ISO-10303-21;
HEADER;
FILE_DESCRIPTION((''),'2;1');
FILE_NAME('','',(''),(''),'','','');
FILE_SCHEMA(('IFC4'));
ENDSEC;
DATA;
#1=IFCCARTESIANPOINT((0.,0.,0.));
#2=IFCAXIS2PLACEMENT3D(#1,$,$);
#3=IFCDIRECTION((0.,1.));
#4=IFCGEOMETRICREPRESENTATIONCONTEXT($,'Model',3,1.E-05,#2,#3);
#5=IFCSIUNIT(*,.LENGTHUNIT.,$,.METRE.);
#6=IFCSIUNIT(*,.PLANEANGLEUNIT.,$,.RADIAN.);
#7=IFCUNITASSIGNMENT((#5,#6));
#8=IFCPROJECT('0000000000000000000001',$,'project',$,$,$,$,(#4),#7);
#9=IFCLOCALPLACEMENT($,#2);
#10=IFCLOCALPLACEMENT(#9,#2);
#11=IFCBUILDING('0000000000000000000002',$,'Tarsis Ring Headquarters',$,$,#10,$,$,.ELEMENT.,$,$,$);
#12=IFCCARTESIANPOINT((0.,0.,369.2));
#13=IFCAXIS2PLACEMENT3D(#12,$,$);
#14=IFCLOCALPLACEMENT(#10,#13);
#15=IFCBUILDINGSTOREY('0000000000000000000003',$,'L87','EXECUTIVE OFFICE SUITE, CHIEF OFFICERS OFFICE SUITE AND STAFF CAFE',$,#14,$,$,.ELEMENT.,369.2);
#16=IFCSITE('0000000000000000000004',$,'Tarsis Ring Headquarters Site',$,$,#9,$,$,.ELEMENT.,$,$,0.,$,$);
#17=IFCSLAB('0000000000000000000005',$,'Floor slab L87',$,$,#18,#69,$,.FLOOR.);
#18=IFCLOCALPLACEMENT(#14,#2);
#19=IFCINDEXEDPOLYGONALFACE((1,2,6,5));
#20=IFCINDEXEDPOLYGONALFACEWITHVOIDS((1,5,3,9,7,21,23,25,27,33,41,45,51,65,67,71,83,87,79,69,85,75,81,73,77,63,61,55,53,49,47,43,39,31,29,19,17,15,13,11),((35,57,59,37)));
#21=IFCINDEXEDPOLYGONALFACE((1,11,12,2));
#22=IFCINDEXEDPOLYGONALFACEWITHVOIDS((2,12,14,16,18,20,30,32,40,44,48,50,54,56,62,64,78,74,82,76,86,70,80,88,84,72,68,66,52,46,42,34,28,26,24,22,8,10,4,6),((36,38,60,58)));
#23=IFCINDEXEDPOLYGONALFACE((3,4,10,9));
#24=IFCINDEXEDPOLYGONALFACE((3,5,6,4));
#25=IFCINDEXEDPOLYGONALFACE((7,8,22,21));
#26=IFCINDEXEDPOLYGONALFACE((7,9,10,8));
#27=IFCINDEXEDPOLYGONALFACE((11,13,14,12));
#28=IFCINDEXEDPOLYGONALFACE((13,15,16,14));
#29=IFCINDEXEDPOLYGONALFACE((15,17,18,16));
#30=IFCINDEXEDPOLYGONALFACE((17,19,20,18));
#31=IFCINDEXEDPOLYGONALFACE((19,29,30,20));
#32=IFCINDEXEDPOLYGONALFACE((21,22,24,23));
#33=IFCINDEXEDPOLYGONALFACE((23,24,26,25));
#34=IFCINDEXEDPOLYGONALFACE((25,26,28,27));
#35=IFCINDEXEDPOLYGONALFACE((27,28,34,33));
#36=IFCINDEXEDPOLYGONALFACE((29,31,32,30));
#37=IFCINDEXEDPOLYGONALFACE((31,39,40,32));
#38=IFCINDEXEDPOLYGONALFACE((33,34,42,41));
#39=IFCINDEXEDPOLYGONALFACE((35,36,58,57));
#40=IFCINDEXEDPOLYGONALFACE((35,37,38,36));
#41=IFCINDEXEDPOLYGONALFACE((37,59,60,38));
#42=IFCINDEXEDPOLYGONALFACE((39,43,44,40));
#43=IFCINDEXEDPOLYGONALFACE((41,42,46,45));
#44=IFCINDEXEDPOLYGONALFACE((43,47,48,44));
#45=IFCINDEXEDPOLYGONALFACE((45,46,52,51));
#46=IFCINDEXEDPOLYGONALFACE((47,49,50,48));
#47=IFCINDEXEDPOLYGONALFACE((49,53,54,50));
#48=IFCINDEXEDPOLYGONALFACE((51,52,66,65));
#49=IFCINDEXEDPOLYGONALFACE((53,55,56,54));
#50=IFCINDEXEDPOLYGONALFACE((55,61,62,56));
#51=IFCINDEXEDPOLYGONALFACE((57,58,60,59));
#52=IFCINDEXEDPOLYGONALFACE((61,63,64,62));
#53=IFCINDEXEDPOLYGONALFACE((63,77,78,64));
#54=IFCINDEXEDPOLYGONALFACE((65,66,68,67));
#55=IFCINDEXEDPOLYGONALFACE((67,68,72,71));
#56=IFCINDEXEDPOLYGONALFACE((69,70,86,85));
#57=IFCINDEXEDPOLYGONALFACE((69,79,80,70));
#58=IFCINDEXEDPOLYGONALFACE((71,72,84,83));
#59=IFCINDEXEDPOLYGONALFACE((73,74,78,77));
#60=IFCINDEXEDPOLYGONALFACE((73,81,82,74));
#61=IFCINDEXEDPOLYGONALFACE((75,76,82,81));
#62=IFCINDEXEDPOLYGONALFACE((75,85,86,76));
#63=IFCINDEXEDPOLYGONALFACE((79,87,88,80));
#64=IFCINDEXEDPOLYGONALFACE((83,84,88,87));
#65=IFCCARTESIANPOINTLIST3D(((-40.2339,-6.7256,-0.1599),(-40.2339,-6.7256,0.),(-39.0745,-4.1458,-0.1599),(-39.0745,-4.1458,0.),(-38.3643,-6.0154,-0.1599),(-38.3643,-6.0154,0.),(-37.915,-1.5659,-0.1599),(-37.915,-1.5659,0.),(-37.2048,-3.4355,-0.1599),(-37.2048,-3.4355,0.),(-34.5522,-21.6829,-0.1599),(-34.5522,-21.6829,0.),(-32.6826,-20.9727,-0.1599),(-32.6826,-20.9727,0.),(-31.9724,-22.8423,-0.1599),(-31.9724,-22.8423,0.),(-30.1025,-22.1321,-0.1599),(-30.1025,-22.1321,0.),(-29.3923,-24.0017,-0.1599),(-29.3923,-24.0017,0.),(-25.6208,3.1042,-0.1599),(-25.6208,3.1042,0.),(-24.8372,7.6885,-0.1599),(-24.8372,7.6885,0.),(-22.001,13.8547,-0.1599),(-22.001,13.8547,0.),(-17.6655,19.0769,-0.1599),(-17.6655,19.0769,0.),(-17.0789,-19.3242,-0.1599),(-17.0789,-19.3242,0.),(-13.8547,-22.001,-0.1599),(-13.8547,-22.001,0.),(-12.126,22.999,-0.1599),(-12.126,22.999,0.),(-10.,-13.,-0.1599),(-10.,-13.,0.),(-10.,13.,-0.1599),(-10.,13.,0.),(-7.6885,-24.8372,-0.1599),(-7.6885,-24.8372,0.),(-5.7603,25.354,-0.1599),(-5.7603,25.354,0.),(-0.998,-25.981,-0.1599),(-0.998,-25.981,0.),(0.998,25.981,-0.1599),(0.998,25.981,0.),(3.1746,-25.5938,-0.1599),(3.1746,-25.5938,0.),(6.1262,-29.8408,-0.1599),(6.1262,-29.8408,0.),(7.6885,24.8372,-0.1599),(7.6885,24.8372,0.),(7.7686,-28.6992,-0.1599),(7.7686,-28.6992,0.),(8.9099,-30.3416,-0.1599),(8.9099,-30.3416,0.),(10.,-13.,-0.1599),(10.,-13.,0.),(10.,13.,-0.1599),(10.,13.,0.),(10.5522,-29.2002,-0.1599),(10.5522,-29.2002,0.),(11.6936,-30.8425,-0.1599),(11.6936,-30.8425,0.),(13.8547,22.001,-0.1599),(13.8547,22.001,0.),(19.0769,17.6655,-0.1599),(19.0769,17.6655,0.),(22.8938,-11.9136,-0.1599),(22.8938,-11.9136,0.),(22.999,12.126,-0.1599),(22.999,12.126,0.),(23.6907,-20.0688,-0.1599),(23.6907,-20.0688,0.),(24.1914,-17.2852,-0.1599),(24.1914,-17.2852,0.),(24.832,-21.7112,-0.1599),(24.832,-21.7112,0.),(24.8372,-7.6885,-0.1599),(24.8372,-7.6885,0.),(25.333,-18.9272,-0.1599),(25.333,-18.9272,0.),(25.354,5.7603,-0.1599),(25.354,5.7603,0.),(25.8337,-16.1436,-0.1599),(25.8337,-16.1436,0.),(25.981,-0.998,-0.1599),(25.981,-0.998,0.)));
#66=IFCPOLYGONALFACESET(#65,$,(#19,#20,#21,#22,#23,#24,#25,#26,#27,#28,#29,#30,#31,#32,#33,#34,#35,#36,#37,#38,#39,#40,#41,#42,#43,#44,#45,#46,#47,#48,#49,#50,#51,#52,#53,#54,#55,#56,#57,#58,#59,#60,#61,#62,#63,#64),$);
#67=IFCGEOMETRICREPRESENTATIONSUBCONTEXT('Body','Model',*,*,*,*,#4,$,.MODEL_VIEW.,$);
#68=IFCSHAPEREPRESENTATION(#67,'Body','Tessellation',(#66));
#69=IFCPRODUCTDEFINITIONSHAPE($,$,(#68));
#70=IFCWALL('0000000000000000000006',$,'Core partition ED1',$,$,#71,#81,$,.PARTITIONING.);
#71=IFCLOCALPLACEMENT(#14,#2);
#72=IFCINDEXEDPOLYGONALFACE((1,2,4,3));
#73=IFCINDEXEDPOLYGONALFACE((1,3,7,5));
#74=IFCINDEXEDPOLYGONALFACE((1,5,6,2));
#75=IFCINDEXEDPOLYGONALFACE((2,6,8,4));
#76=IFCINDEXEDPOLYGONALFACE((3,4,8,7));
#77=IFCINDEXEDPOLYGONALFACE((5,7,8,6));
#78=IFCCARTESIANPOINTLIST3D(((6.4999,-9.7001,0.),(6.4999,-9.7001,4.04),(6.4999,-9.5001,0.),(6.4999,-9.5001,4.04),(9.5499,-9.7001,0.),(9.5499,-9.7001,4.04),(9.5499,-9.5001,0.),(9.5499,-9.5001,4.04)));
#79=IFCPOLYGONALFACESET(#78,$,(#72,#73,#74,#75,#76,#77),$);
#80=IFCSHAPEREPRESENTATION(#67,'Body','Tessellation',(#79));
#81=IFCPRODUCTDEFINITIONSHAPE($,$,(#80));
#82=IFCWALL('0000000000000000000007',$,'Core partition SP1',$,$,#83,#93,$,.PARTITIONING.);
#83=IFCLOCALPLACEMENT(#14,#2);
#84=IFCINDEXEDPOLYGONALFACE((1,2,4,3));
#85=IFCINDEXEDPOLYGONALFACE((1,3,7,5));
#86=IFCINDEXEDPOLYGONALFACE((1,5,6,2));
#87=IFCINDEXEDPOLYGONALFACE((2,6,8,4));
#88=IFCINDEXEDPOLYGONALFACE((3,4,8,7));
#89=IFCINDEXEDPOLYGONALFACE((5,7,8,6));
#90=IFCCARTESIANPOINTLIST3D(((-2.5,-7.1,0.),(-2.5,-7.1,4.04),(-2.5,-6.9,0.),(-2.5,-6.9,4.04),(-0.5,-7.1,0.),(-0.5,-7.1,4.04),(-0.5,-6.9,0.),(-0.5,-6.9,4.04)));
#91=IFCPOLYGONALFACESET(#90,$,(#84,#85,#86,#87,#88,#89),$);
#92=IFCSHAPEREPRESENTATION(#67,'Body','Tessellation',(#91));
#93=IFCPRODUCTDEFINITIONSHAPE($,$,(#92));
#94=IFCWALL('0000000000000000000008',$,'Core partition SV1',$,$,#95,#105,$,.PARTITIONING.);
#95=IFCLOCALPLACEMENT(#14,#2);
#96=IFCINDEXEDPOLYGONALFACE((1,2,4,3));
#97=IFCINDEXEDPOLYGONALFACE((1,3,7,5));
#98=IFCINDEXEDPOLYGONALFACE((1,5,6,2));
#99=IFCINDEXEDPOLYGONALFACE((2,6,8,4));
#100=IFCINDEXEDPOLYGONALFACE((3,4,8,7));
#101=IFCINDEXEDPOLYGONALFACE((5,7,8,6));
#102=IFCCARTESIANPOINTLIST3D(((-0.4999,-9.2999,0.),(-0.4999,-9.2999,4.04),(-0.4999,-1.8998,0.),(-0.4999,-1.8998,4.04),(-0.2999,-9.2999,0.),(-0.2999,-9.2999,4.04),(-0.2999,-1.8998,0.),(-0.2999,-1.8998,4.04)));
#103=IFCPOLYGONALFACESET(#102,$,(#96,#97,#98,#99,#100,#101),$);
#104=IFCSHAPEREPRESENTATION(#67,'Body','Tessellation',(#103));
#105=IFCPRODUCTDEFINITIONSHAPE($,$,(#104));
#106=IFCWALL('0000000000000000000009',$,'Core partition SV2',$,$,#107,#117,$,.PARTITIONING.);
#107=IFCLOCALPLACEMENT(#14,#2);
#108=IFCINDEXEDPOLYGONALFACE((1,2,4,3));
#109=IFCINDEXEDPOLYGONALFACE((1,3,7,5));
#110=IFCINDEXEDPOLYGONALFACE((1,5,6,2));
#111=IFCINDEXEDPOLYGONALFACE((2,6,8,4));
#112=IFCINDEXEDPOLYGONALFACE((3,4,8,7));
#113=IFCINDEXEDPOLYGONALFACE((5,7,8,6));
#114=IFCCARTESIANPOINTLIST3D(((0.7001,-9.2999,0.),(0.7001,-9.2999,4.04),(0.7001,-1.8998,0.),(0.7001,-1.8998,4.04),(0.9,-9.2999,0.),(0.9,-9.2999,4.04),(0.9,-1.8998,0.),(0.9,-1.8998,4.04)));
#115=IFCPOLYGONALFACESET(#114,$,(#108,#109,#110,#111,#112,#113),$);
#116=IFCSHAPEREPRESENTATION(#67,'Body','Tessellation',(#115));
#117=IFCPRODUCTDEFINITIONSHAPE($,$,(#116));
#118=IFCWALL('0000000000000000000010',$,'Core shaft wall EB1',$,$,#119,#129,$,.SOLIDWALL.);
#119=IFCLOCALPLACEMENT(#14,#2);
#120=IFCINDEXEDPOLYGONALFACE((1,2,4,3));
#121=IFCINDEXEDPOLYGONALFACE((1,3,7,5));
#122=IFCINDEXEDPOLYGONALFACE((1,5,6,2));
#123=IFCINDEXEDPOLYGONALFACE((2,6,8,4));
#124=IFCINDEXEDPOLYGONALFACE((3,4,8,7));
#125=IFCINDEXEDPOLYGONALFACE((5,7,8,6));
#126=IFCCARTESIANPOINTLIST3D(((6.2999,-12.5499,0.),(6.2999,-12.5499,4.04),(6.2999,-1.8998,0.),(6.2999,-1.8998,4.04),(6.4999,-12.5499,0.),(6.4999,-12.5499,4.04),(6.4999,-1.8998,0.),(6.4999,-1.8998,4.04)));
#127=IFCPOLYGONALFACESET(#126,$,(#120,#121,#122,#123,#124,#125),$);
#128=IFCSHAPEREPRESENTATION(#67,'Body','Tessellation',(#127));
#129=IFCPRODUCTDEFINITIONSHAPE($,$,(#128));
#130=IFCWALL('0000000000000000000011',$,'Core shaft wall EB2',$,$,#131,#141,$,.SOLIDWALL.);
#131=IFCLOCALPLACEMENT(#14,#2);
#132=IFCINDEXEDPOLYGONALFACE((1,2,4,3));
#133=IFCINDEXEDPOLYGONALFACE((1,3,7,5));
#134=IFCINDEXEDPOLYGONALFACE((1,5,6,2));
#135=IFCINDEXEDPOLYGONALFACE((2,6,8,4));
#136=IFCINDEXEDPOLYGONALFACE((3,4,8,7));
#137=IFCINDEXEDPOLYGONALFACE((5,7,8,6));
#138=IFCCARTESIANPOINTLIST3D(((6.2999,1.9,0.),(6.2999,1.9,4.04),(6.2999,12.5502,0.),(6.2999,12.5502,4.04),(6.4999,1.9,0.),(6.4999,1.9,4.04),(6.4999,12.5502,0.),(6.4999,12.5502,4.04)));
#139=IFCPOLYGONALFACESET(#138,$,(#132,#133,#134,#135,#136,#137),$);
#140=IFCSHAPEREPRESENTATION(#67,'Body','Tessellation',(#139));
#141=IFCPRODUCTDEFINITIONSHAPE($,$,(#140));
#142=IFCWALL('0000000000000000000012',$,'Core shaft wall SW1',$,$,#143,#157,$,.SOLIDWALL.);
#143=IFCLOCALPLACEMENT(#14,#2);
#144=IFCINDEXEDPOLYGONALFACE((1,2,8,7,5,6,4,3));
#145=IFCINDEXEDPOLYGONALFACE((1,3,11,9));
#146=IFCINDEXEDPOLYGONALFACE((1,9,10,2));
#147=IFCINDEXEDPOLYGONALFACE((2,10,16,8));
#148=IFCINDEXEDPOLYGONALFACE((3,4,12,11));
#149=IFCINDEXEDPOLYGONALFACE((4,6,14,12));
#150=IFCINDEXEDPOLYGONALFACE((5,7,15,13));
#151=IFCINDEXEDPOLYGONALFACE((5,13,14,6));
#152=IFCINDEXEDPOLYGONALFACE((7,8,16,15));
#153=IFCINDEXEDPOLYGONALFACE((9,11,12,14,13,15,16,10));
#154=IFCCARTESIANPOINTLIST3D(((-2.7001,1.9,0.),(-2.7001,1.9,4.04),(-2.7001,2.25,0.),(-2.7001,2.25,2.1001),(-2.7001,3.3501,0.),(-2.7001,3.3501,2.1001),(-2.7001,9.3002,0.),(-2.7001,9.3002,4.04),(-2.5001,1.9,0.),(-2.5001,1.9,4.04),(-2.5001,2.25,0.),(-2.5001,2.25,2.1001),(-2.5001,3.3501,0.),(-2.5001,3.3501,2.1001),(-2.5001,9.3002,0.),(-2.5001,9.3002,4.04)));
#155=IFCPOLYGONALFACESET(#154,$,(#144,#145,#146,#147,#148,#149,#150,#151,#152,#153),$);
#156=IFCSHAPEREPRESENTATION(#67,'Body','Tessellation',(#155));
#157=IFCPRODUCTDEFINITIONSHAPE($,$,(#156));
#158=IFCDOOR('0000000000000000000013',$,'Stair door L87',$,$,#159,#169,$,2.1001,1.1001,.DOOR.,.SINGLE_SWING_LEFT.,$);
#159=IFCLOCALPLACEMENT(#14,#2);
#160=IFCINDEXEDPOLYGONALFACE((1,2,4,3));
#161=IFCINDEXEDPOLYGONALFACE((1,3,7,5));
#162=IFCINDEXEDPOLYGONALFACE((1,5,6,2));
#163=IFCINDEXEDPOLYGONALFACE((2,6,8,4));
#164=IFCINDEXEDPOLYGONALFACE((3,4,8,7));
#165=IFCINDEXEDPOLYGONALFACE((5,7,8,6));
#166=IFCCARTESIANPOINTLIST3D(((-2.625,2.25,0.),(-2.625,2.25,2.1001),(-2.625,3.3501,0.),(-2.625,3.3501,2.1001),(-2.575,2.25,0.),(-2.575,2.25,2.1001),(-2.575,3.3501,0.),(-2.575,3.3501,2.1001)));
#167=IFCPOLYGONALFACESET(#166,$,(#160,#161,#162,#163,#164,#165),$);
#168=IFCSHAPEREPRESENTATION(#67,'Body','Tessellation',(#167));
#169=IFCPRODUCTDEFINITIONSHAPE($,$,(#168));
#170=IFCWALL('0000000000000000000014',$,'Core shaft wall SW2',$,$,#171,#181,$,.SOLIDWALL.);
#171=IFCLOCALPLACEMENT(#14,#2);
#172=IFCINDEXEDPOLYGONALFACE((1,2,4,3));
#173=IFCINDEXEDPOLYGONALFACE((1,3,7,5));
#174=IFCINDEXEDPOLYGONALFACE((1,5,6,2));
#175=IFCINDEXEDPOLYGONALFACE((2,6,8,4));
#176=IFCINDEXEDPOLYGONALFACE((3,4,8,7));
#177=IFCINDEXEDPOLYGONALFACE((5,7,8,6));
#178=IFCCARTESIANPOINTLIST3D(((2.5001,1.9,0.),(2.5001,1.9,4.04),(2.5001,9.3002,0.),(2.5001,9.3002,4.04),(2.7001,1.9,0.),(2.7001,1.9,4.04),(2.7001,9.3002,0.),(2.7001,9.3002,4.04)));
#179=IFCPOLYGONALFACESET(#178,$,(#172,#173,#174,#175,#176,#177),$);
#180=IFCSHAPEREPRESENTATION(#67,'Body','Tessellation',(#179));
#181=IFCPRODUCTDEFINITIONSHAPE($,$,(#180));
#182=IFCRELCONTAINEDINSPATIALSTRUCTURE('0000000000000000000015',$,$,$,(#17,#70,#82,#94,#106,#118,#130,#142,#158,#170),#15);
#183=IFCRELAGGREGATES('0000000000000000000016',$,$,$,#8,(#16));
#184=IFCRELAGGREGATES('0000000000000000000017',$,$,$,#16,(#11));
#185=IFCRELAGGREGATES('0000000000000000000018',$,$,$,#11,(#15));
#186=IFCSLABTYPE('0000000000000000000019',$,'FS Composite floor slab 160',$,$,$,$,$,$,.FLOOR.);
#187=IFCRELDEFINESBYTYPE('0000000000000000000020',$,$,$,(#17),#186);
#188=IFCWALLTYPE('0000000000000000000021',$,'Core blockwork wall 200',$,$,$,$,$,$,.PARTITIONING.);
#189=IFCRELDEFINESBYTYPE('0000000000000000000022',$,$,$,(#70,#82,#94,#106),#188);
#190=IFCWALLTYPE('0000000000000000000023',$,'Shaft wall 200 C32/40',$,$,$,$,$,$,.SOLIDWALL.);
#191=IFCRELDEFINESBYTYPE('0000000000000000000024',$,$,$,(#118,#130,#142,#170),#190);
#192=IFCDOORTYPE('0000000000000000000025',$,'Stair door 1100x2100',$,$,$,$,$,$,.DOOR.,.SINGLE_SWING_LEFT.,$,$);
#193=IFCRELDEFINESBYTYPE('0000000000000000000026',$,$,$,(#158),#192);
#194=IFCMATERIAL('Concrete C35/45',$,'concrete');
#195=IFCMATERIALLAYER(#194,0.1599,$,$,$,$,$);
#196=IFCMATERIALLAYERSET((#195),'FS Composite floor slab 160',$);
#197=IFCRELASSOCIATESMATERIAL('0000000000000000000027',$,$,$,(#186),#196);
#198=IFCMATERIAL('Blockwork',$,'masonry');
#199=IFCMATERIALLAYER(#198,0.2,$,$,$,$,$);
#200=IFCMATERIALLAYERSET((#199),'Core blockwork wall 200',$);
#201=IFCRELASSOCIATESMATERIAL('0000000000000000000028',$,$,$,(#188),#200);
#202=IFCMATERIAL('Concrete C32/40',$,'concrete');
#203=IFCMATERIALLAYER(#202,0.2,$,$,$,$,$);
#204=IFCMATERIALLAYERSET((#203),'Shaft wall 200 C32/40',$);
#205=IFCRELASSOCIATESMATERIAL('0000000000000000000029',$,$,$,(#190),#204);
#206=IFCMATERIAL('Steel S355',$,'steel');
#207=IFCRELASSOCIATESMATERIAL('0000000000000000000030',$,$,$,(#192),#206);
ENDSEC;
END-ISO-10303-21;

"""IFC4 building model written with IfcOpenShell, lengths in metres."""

from ifc_helpers import new_model, si_unit, direction, frame, frame_2d, origin, place, context, subcontext, project, spatial, polyline, rectangle, outline, extrude, material, layer, layer_set, type_object, element, fill, save


model = new_model("IFC4")

# Units and contexts
model_context = context("Model", 3, precision=1e-05, world=origin(), true_north=direction((0.0, 1.0)))
body_context = subcontext(model_context, "Body", "Model", "MODEL_VIEW")
ifc_project = project(units=[si_unit("LENGTHUNIT", "METRE"), si_unit("PLANEANGLEUNIT", "RADIAN")], contexts=[model_context])

# Site, building, storey
site_placement = place(None, origin())
site = spatial("IfcSite", under=ifc_project, at=site_placement, Name="Tarsis Ring Headquarters Site", CompositionType="ELEMENT", RefElevation=0.0)
building_placement = place(site_placement, origin())
building = spatial("IfcBuilding", under=site, at=building_placement, Name="Tarsis Ring Headquarters", CompositionType="ELEMENT")
storey_placement = place(building_placement, frame((0.0, 0.0, 369.2)))
storey = spatial("IfcBuildingStorey", under=building, at=storey_placement, Name="L87", Description="EXECUTIVE OFFICE SUITE, CHIEF OFFICERS OFFICE SUITE AND STAFF CAFE", CompositionType="ELEMENT", Elevation=369.2)

# Slab
ifc_material_1 = material(Name="Concrete C35/45", Category="concrete")
ifc_layer_1 = layer(ifc_material_1, 0.1599)
ifc_layer_set_1 = layer_set([ifc_layer_1], Name="FS Composite floor slab 160")
slab_type_1 = type_object("IfcSlabType", Name="FS Composite floor slab 160", PredefinedType="FLOOR", material=ifc_layer_set_1)
slab_1_placement = place(storey_placement, frame((0.0, 0.0, -0.1599)))
element("IfcSlab", 1, at=slab_1_placement, inside=storey, type_object=slab_type_1, Name="Floor slab L87", PredefinedType="FLOOR", context=body_context, shape_type="SweptSolid", body=[
    extrude(outline(polyline([(-17.0789, -19.3242), (-13.8547, -22.001), (-7.6885, -24.8372), (-0.998, -25.981), (3.1746, -25.5938), (6.1262, -29.8408), (7.7686, -28.6992), (8.9099, -30.3416), (10.5522, -29.2002), (11.6936, -30.8425), (24.832, -21.7112), (23.6907, -20.0688), (25.333, -18.9272), (24.1914, -17.2852), (25.8337, -16.1436), (22.8938, -11.9136), (24.8372, -7.6885), (25.981, -0.998), (25.354, 5.7603), (22.999, 12.126), (19.0769, 17.6655), (13.8547, 22.001), (7.6885, 24.8372), (0.998, 25.981), (-5.7603, 25.354), (-12.126, 22.999), (-17.6655, 19.0769), (-22.001, 13.8547), (-24.8372, 7.6885), (-25.6208, 3.1042), (-37.915, -1.5659), (-37.2048, -3.4355), (-39.0745, -4.1458), (-38.3643, -6.0154), (-40.2339, -6.7256), (-34.5522, -21.6829), (-32.6826, -20.9727), (-31.9724, -22.8423), (-30.1025, -22.1321), (-29.3923, -24.0017), (-17.0789, -19.3242)]), holes=[polyline([(-10.0, -13.0), (-10.0, 13.0), (10.0, 13.0), (10.0, -13.0), (-10.0, -13.0)])]), origin(), (0.0, 0.0, 1.0), 0.1599),
])

# Walls
ifc_material_2 = material(Name="Blockwork", Category="masonry")
ifc_layer_2 = layer(ifc_material_2, 0.2)
ifc_layer_set_2 = layer_set([ifc_layer_2], Name="Core blockwork wall 200")
wall_type_1 = type_object("IfcWallType", Name="Core blockwork wall 200", PredefinedType="PARTITIONING", material=ifc_layer_set_2)
wall_1_placement = place(storey_placement, frame((6.5, -9.6001, 0.0), z_axis=(0.0, 0.0, 1.0), x_axis=(1.0, 0.0, 0.0)))
element("IfcWall", 2, at=wall_1_placement, inside=storey, type_object=wall_type_1, Name="Core partition ED1", PredefinedType="PARTITIONING", context=body_context, shape_type="SweptSolid", body=[
    extrude(rectangle(XDim=3.05, YDim=0.2, at=frame_2d((1.5249, 0.0))), origin(), (0.0, 0.0, 1.0), 4.04),
])
wall_2_placement = place(storey_placement, frame((-2.5, -7.0, 0.0), z_axis=(0.0, 0.0, 1.0), x_axis=(1.0, 0.0, 0.0)))
element("IfcWall", 3, at=wall_2_placement, inside=storey, type_object=wall_type_1, Name="Core partition SP1", PredefinedType="PARTITIONING", context=body_context, shape_type="SweptSolid", body=[
    extrude(rectangle(XDim=2.0, YDim=0.2, at=frame_2d((1.0, 0.0))), origin(), (0.0, 0.0, 1.0), 4.04),
])
for number, where, z_axis, x_axis, name in (
    (4, (-0.3999, -9.3, 0.0), (0.0, 0.0, 1.0), (0.0, 1.0, 0.0), "Core partition SV1"),
    (5, (0.8, -9.3, 0.0), (0.0, 0.0, 1.0), (0.0, 1.0, 0.0), "Core partition SV2"),
):
    element("IfcWall", number, at=place(storey_placement, frame(where, z_axis=z_axis, x_axis=x_axis)), inside=storey, type_object=wall_type_1, Name=name, PredefinedType="PARTITIONING", context=body_context, shape_type="SweptSolid", body=[
        extrude(rectangle(XDim=7.4001, YDim=0.2, at=frame_2d((3.7002, 0.0))), origin(), (0.0, 0.0, 1.0), 4.04),
    ])
ifc_material_3 = material(Name="Concrete C32/40", Category="concrete")
ifc_layer_3 = layer(ifc_material_3, 0.2)
ifc_layer_set_3 = layer_set([ifc_layer_3], Name="Shaft wall 200 C32/40")
wall_type_2 = type_object("IfcWallType", Name="Shaft wall 200 C32/40", PredefinedType="SOLIDWALL", material=ifc_layer_set_3)
for number, where, z_axis, x_axis, name in (
    (6, (6.3999, -12.55, 0.0), (0.0, 0.0, 1.0), (0.0, 1.0, 0.0), "Core shaft wall EB1"),
    (7, (6.3999, 1.8999, 0.0), (0.0, 0.0, 1.0), (0.0, 1.0, 0.0), "Core shaft wall EB2"),
):
    element("IfcWall", number, at=place(storey_placement, frame(where, z_axis=z_axis, x_axis=x_axis)), inside=storey, type_object=wall_type_2, Name=name, PredefinedType="SOLIDWALL", context=body_context, shape_type="SweptSolid", body=[
        extrude(rectangle(XDim=10.6501, YDim=0.2, at=frame_2d((5.3252, 0.0))), origin(), (0.0, 0.0, 1.0), 4.04),
    ])

# Wall, opening, door
wall_3_placement = place(storey_placement, frame((-2.6001, 1.8999, 0.0), z_axis=(0.0, 0.0, 1.0), x_axis=(0.0, 1.0, 0.0)))
wall_3 = element("IfcWall", 8, at=wall_3_placement, inside=storey, type_object=wall_type_2, Name="Core shaft wall SW1", PredefinedType="SOLIDWALL", context=body_context, shape_type="SweptSolid", body=[
    extrude(rectangle(XDim=7.4001, YDim=0.2, at=frame_2d((3.7002, 0.0))), origin(), (0.0, 0.0, 1.0), 4.04),
])
opening_placement = place(wall_3_placement, frame((0.3501, 0.0, 0.0)))
opening = element("IfcOpeningElement", 9, at=opening_placement, cuts=wall_3, PredefinedType="OPENING", context=body_context, shape_type="SweptSolid", body=[
    extrude(rectangle(XDim=1.1001, YDim=2.1001, at=frame_2d((0.55, 1.05))), frame((0.0, 0.1099, 0.0), z_axis=(0.0, -1.0, 0.0), x_axis=(1.0, 0.0, 0.0)), (0.0, 0.0, 1.0), 0.22),
])
ifc_material_4 = material(Name="Steel S355", Category="steel")
door_type = type_object("IfcDoorType", Name="Stair door 1100x2100", OperationType="SINGLE_SWING_LEFT", PredefinedType="DOOR", material=ifc_material_4)
door_placement = place(opening_placement, origin())
door = element("IfcDoor", 10, at=door_placement, inside=storey, type_object=door_type, Name="Stair door L87", OperationType="SINGLE_SWING_LEFT", OverallHeight=2.1001, OverallWidth=1.1001, PredefinedType="DOOR", context=body_context, shape_type="SweptSolid", body=[
    extrude(rectangle(XDim=1.1001, YDim=2.1001, at=frame_2d((0.55, 1.05))), frame((0.0, 0.0249, 0.0), z_axis=(0.0, -1.0, 0.0), x_axis=(1.0, 0.0, 0.0)), (0.0, 0.0, 1.0), 0.05),
])
fill(opening, door)

# Wall
for number, where, z_axis, x_axis, name in (
    (11, (2.6001, 1.8999, 0.0), (0.0, 0.0, 1.0), (0.0, 1.0, 0.0), "Core shaft wall SW2"),
):
    element("IfcWall", number, at=place(storey_placement, frame(where, z_axis=z_axis, x_axis=x_axis)), inside=storey, type_object=wall_type_2, Name=name, PredefinedType="SOLIDWALL", context=body_context, shape_type="SweptSolid", body=[
        extrude(rectangle(XDim=7.4001, YDim=0.2, at=frame_2d((3.7002, 0.0))), origin(), (0.0, 0.0, 1.0), 4.04),
    ])

save(model, "model.ifc")
